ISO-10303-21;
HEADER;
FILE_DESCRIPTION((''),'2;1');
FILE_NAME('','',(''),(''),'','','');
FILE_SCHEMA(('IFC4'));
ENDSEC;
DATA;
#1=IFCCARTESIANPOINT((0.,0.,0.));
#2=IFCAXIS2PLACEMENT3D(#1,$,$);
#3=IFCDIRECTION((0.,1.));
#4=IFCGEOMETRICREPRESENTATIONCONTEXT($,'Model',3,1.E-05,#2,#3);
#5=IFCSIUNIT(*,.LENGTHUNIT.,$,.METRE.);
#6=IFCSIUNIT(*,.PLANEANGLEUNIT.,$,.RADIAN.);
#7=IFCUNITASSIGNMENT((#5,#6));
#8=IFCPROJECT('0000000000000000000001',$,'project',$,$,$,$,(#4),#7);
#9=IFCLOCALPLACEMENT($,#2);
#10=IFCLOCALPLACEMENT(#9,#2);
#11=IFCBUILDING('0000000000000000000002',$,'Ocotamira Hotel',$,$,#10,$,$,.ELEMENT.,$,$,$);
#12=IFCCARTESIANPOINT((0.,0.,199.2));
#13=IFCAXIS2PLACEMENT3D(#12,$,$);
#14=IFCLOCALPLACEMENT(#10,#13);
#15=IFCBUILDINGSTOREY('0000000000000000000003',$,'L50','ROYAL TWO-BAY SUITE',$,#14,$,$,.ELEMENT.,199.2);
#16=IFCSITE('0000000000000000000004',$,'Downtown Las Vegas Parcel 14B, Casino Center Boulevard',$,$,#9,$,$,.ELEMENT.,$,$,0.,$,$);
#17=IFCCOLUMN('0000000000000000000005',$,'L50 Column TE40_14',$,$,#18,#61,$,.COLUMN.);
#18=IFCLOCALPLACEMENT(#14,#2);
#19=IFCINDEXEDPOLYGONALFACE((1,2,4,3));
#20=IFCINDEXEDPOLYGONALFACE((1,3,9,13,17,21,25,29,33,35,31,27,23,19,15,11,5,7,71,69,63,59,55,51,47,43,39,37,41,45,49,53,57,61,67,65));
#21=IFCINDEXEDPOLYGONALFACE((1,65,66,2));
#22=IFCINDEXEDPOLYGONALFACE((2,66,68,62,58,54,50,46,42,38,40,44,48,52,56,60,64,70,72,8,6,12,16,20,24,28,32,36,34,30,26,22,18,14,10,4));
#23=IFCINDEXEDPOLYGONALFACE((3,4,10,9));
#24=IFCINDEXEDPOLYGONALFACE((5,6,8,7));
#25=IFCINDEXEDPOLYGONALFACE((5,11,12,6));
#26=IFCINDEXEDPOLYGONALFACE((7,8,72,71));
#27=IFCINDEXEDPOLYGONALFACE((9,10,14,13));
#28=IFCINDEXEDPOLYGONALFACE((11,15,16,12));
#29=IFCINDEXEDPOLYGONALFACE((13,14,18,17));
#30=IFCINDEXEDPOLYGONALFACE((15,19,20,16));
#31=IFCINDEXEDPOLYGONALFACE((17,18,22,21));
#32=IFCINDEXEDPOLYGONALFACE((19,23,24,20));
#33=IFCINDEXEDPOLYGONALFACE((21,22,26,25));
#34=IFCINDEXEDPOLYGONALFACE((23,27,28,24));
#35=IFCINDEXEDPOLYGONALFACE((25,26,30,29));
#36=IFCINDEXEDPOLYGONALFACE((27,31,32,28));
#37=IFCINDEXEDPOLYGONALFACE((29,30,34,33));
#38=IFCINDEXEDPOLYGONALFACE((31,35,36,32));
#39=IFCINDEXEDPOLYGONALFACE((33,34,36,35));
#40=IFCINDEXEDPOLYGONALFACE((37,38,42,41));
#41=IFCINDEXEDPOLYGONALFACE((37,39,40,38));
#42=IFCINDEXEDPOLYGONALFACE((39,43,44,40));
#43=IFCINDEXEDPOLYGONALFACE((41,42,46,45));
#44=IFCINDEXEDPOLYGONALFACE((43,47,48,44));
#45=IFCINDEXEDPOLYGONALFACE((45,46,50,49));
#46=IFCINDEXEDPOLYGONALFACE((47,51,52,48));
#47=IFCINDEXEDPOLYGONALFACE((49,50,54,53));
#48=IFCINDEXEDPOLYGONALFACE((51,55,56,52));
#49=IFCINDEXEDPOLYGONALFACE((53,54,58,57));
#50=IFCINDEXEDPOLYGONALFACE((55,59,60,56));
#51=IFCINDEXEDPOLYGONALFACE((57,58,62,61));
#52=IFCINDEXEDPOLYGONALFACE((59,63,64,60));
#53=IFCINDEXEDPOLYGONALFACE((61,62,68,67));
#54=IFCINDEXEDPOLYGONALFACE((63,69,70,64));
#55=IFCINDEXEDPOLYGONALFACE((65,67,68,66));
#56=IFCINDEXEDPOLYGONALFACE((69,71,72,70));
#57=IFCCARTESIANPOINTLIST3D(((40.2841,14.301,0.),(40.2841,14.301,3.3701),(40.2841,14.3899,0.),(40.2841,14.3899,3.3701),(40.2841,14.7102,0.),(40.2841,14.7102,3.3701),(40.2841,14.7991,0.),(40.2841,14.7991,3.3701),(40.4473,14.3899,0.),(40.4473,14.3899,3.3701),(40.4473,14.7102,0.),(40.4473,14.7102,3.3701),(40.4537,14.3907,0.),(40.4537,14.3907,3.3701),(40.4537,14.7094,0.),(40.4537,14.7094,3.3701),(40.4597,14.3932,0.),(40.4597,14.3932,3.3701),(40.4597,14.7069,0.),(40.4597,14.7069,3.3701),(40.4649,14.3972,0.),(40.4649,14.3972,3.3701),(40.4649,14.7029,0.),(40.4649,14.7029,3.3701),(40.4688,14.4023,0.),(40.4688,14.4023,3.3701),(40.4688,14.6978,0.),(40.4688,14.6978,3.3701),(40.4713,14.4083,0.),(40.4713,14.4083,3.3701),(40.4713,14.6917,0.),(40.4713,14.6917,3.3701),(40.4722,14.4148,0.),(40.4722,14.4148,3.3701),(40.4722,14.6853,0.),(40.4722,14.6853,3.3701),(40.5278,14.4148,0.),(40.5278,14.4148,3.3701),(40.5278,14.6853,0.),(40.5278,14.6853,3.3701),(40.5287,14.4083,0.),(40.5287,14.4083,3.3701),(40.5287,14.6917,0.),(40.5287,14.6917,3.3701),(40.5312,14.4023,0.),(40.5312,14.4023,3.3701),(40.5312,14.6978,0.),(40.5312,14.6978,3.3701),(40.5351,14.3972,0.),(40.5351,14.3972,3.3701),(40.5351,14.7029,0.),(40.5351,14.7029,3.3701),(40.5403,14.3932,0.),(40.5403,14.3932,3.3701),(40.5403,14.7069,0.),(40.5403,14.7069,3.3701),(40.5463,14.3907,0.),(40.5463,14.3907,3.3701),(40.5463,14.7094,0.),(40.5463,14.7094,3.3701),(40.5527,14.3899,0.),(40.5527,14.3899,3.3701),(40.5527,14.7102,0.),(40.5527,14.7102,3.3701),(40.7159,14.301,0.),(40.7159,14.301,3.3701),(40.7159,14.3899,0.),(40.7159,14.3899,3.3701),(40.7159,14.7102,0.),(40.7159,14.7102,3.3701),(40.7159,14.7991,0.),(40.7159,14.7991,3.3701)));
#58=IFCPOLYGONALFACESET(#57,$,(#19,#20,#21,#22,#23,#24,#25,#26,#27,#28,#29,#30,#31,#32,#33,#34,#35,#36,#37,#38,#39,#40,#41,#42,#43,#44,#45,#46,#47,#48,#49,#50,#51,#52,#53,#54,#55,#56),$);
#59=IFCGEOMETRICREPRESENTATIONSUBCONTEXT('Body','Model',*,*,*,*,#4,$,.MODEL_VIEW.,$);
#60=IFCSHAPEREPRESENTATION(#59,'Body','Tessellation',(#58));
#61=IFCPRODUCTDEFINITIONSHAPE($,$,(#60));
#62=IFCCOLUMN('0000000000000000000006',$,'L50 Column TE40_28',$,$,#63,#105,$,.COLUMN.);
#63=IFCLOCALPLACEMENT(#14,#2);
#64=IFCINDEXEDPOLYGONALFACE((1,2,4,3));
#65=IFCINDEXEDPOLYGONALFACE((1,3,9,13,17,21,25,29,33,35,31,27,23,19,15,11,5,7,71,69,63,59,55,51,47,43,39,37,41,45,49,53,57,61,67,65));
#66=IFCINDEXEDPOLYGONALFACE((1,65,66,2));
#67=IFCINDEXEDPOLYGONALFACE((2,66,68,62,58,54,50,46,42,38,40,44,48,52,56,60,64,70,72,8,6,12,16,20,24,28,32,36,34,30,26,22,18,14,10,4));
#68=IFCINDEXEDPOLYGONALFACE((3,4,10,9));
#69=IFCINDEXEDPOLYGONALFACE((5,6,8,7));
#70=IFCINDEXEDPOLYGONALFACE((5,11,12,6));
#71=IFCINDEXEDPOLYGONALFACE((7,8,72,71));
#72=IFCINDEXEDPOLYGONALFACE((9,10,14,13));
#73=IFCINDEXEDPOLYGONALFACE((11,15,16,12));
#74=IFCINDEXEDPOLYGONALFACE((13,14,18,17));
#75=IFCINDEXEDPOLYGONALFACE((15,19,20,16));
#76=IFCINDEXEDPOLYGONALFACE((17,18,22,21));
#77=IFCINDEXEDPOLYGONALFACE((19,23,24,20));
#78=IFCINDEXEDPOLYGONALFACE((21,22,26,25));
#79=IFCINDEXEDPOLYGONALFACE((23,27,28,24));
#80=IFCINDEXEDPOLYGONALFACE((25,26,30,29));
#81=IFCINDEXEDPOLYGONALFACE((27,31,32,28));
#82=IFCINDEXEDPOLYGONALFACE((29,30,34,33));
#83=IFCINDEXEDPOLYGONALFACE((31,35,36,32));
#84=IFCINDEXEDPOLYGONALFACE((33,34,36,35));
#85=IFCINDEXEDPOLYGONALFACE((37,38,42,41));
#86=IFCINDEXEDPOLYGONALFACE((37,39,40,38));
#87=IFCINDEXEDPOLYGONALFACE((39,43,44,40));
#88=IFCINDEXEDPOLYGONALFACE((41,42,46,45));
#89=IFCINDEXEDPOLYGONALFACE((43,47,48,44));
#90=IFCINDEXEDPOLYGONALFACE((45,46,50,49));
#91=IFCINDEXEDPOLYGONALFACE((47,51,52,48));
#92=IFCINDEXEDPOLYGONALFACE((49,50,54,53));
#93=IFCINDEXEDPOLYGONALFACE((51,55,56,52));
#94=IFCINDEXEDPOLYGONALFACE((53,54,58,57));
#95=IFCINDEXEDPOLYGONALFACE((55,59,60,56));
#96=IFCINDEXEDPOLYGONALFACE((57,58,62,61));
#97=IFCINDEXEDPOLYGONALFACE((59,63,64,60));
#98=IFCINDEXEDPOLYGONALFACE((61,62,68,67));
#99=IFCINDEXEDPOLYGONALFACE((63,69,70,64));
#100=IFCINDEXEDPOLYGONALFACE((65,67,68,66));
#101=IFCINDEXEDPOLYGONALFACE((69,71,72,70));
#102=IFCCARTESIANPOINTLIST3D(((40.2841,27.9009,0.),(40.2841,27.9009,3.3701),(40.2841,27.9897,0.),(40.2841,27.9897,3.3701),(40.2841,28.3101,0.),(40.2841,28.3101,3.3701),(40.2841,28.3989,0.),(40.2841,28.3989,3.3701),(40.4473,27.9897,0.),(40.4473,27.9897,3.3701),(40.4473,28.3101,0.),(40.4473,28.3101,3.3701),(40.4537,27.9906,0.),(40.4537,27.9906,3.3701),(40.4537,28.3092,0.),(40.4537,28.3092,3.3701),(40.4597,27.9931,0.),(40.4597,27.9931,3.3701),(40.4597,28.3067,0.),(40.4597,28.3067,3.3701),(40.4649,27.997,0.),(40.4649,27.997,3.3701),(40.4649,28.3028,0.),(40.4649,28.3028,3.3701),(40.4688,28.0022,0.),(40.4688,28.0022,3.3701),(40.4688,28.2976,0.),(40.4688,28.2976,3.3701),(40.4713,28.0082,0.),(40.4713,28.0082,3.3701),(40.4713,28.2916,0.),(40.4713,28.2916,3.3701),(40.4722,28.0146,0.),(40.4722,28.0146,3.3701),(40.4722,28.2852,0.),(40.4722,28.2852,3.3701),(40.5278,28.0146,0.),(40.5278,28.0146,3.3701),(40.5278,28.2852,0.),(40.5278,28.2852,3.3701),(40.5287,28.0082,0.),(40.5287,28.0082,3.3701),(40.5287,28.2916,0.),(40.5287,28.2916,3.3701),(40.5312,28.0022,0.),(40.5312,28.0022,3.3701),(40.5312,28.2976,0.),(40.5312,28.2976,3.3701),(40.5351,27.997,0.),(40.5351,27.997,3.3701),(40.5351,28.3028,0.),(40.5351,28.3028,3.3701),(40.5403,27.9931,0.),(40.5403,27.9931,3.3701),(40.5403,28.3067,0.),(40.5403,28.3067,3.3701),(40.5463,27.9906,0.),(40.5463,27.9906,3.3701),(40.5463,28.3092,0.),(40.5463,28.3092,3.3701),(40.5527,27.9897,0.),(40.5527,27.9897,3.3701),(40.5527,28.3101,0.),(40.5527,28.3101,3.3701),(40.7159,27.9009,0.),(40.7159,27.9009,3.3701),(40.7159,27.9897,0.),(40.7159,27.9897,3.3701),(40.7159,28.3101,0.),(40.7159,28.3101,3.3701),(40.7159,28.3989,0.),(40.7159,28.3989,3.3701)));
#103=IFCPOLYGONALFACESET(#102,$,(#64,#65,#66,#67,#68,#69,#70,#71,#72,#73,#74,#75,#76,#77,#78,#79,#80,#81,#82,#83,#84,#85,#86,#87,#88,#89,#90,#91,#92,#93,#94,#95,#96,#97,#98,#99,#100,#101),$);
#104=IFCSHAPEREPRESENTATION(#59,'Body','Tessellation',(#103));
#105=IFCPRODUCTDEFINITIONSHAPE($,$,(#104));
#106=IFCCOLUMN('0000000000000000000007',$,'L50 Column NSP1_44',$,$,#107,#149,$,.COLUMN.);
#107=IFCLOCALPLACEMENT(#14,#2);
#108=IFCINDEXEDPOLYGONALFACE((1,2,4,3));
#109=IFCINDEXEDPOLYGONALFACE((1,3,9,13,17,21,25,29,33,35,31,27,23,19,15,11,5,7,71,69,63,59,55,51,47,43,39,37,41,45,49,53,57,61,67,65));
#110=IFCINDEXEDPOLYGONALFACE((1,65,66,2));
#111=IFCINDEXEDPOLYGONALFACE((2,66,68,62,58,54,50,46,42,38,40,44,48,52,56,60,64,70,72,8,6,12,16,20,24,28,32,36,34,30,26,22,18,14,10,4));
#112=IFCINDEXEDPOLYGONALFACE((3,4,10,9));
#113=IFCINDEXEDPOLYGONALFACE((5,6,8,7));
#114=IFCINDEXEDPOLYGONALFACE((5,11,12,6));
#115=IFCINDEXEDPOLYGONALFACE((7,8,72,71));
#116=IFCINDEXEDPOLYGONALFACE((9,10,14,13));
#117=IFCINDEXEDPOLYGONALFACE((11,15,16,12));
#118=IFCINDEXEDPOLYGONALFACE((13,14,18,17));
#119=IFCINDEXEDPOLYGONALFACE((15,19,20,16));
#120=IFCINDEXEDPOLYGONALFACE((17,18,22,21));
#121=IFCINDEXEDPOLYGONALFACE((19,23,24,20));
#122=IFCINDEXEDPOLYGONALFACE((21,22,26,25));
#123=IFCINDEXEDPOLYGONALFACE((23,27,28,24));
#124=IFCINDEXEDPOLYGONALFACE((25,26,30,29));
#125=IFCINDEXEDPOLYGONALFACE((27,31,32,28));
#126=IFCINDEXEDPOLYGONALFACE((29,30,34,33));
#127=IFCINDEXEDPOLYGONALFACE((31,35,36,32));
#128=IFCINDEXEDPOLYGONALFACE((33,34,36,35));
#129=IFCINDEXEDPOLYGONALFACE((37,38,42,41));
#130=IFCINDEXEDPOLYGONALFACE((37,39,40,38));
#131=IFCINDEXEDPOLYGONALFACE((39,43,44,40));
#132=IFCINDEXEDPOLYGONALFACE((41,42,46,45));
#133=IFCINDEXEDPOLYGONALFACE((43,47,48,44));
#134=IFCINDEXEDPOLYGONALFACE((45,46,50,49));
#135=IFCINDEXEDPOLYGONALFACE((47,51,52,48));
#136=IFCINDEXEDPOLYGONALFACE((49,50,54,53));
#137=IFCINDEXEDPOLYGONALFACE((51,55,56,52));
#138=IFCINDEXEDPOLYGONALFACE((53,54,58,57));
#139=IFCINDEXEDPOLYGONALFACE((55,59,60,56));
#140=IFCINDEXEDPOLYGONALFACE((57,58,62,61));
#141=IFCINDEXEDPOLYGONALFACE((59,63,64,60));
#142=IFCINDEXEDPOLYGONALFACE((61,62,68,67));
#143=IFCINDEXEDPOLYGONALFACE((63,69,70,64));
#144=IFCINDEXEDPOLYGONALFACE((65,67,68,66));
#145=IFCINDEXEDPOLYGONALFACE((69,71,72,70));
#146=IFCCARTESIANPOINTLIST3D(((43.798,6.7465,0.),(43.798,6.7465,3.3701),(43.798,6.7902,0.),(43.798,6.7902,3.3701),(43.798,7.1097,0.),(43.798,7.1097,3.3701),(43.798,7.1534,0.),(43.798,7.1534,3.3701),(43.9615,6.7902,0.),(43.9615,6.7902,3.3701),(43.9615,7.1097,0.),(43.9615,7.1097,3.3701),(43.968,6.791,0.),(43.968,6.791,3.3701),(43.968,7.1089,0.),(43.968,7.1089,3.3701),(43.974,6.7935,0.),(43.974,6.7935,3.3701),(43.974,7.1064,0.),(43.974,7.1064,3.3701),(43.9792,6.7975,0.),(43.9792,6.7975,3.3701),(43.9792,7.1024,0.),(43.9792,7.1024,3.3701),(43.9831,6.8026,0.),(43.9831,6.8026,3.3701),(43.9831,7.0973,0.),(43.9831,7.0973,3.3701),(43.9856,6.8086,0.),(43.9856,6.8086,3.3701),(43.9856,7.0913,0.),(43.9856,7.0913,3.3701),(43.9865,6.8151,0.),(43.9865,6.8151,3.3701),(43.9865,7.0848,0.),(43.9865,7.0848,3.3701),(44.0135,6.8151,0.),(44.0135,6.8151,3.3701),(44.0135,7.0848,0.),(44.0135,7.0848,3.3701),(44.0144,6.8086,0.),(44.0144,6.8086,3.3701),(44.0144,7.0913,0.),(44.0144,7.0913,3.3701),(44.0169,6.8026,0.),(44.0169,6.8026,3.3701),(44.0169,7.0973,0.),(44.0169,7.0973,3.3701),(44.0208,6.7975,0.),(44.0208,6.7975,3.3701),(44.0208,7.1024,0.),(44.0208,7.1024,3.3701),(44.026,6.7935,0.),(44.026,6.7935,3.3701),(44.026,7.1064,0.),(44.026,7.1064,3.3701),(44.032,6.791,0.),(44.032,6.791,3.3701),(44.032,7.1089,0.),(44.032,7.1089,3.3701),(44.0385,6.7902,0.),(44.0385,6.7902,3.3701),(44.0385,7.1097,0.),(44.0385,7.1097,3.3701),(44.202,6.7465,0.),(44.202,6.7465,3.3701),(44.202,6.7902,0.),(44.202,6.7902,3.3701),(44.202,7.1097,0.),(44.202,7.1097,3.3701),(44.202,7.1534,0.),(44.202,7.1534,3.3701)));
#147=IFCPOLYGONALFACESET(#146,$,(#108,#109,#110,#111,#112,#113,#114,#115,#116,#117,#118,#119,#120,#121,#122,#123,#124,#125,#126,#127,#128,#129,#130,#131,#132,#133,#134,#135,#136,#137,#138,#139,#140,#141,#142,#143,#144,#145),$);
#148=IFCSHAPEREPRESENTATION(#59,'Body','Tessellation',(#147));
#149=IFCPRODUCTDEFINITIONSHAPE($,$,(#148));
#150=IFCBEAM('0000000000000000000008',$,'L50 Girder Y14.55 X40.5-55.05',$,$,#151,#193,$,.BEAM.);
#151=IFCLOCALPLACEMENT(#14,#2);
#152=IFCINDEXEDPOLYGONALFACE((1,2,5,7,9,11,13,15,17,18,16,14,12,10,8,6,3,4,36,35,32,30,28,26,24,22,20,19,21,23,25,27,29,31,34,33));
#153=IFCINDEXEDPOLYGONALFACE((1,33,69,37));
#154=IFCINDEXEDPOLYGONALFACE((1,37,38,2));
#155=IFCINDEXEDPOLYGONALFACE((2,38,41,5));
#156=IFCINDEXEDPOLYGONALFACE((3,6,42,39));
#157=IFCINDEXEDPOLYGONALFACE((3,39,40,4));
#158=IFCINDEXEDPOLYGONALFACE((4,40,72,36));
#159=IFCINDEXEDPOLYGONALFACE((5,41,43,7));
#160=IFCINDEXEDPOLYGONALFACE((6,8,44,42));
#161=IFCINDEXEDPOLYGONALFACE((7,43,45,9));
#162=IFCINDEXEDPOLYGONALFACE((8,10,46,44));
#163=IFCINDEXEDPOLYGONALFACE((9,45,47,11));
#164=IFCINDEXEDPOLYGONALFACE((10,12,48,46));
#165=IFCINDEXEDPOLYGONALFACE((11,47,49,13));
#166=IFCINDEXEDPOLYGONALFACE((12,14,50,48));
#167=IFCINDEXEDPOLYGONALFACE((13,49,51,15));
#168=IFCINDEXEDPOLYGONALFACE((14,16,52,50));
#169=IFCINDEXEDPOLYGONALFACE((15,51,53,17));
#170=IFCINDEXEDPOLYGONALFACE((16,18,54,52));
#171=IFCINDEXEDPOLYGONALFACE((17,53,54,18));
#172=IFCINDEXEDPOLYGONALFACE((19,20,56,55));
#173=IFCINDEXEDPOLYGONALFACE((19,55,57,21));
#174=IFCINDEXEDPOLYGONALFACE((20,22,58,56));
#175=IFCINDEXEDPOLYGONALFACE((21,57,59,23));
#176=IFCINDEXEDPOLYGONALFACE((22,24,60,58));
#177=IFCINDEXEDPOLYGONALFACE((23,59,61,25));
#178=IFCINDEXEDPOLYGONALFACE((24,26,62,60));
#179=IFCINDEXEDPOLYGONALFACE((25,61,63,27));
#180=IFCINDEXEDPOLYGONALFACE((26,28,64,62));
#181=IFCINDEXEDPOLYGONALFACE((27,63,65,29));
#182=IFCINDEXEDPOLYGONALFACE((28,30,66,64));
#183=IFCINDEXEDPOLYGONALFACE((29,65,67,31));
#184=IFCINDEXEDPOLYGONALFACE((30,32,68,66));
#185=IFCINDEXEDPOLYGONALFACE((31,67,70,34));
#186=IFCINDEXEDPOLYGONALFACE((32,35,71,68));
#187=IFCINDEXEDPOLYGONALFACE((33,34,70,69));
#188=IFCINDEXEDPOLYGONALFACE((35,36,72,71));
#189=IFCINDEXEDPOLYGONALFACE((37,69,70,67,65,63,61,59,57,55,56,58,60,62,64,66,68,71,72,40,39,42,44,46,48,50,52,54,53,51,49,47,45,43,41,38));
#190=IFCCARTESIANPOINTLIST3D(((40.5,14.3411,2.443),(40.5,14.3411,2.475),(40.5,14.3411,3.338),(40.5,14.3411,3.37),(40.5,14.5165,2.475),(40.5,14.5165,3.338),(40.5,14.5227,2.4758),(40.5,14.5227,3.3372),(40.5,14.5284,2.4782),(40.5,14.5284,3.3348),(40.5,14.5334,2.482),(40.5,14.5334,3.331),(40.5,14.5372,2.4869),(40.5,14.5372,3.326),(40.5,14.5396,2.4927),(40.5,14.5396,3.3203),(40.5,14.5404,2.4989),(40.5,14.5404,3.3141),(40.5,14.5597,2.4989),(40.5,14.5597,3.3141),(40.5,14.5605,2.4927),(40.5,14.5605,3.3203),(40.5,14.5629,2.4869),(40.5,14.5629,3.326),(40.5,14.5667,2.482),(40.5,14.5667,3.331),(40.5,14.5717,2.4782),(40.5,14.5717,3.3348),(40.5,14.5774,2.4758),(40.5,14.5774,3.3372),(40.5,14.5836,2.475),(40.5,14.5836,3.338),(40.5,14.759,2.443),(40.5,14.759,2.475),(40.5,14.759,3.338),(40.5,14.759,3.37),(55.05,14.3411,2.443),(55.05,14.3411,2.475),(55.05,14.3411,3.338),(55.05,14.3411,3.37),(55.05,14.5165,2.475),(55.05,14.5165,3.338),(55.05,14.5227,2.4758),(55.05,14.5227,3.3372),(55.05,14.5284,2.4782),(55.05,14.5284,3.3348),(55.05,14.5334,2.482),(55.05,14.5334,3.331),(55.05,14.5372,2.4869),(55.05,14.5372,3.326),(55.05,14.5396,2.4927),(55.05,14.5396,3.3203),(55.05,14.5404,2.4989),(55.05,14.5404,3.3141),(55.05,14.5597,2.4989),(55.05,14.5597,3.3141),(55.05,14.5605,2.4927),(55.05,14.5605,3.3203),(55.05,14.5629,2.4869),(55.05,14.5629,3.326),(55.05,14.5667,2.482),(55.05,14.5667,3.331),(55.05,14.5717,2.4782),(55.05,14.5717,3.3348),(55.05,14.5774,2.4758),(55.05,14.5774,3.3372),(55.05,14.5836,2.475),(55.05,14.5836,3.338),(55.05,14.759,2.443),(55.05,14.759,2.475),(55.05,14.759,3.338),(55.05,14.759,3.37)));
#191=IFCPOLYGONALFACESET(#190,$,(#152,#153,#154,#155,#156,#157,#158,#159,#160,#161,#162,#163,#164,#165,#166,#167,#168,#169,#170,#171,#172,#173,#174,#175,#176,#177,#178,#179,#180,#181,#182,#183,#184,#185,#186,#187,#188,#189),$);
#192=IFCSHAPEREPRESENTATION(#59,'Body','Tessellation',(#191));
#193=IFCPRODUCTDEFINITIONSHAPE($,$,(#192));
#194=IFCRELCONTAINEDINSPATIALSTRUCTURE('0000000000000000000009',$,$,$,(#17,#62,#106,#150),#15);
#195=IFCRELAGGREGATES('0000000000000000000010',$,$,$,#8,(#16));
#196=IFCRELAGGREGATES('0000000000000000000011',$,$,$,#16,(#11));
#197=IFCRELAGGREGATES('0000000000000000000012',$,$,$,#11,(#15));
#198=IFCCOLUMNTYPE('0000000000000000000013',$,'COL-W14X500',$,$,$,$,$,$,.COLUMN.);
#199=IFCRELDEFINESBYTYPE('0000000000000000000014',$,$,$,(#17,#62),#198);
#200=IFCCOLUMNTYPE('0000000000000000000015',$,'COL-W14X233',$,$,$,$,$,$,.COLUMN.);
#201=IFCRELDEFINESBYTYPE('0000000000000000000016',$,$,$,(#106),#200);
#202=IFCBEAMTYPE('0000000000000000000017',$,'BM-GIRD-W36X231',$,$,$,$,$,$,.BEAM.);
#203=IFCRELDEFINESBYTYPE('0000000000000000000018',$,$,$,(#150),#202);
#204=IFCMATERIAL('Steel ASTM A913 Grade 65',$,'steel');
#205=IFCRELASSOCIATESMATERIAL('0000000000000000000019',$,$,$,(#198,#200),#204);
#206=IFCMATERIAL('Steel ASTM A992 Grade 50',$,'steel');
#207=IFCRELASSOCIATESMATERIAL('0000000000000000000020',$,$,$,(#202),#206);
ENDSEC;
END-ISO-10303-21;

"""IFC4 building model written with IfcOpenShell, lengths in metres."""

from ifc_helpers import new_model, si_unit, direction, frame, origin, origin_2d, place, context, subcontext, project, spatial, i_section, extrude, source, transform, mapped, material, material_profile, profile_set, type_object, element, save


model = new_model("IFC4")

# Units and contexts
model_context = context("Model", 3, precision=1e-05, world=origin(), true_north=direction((0.0, 1.0)))
body_context = subcontext(model_context, "Body", "Model", "MODEL_VIEW")
ifc_project = project(units=[si_unit("LENGTHUNIT", "METRE"), si_unit("PLANEANGLEUNIT", "RADIAN")], contexts=[model_context])

# Site, building, storey
site_placement = place(None, origin())
site = spatial("IfcSite", under=ifc_project, at=site_placement, Name="Downtown Las Vegas Parcel 14B, Casino Center Boulevard", CompositionType="ELEMENT", RefElevation=0.0)
building_placement = place(site_placement, origin())
building = spatial("IfcBuilding", under=site, at=building_placement, Name="Ocotamira Hotel", CompositionType="ELEMENT")
storey_placement = place(building_placement, frame((0.0, 0.0, 199.2)))
storey = spatial("IfcBuildingStorey", under=building, at=storey_placement, Name="L50", Description="ROYAL TWO-BAY SUITE", CompositionType="ELEMENT", Elevation=199.2)

# Columns
ifc_material_1 = material(Name="Steel ASTM A913 Grade 65", Category="steel")
ifc_material_profile_1 = material_profile(ifc_material_1, i_section(OverallWidth=0.4319, OverallDepth=0.498, WebThickness=0.0557, FlangeThickness=0.0889, FilletRadius=0.0249, at=origin_2d()), Name="W14X500")
ifc_profile_set_1 = profile_set([ifc_material_profile_1], Name="Steel ASTM A913 Grade 65")
column_type_1 = type_object("IfcColumnType", Name="COL-W14X500", PredefinedType="COLUMN", material=ifc_profile_set_1)
shared_shape_1 = source(origin(), body_context, "Body", "SweptSolid", [
    extrude(i_section(OverallWidth=0.4319, OverallDepth=0.498, WebThickness=0.0557, FlangeThickness=0.0889, FilletRadius=0.0249, at=origin_2d()), origin(), (0.0, 0.0, 1.0), 3.3701),
])
for number, where, z_axis, x_axis, name in (
    (1, (40.5, 14.55, 0.0), (0.0, 0.0, 1.0), (1.0, 0.0, 0.0), "L50 Column TE40_14"),
    (2, (40.5, 28.1499, 0.0), (0.0, 0.0, 1.0), (1.0, 0.0, 0.0), "L50 Column TE40_28"),
):
    element("IfcColumn", number, at=place(storey_placement, frame(where, z_axis=z_axis, x_axis=x_axis)), inside=storey, type_object=column_type_1, Name=name, PredefinedType="COLUMN", context=body_context, shape_type="MappedRepresentation", body=[
        mapped(shared_shape_1, transform((0.0, 0.0, 0.0), scale=1.0)),
    ])
ifc_material_profile_2 = material_profile(ifc_material_1, i_section(OverallWidth=0.4041, OverallDepth=0.407, WebThickness=0.0271, FlangeThickness=0.0437, FilletRadius=0.0249, at=origin_2d()), Name="W14X233")
ifc_profile_set_2 = profile_set([ifc_material_profile_2], Name="Steel ASTM A913 Grade 65")
column_type_2 = type_object("IfcColumnType", Name="COL-W14X233", PredefinedType="COLUMN", material=ifc_profile_set_2)
shared_shape_2 = source(origin(), body_context, "Body", "SweptSolid", [
    extrude(i_section(OverallWidth=0.4041, OverallDepth=0.407, WebThickness=0.0271, FlangeThickness=0.0437, FilletRadius=0.0249, at=origin_2d()), origin(), (0.0, 0.0, 1.0), 3.3701),
])
column_placement = place(storey_placement, frame((44.0, 6.95, 0.0), z_axis=(0.0, 0.0, 1.0), x_axis=(1.0, 0.0, 0.0)))
element("IfcColumn", 3, at=column_placement, inside=storey, type_object=column_type_2, Name="L50 Column NSP1_44", PredefinedType="COLUMN", context=body_context, shape_type="MappedRepresentation", body=[
    mapped(shared_shape_2, transform((0.0, 0.0, 0.0), scale=1.0)),
])

# Beam
ifc_material_2 = material(Name="Steel ASTM A992 Grade 50", Category="steel")
ifc_material_profile_3 = material_profile(ifc_material_2, i_section(OverallWidth=0.418, OverallDepth=0.927, WebThickness=0.0193, FlangeThickness=0.032, FilletRadius=0.0239, at=origin_2d()), Name="W36X231")
ifc_profile_set_3 = profile_set([ifc_material_profile_3], Name="Steel ASTM A992 Grade 50")
beam_type_1 = type_object("IfcBeamType", Name="BM-GIRD-W36X231", PredefinedType="BEAM", material=ifc_profile_set_3)
shared_shape_3 = source(origin(), body_context, "Body", "SweptSolid", [
    extrude(i_section(OverallWidth=0.418, OverallDepth=0.927, WebThickness=0.0193, FlangeThickness=0.032, FilletRadius=0.0239, at=origin_2d()), origin(), (0.0, 0.0, 1.0), 14.55),
])
for number, where, z_axis, x_axis, name in (
    (4, (40.5, 14.55, 2.9065), (1.0, 0.0, 0.0), (0.0, 1.0, 0.0), "L50 Girder Y14.55 X40.5-55.05"),
):
    element("IfcBeam", number, at=place(storey_placement, frame(where, z_axis=z_axis, x_axis=x_axis)), inside=storey, type_object=beam_type_1, Name=name, PredefinedType="BEAM", context=body_context, shape_type="MappedRepresentation", body=[
        mapped(shared_shape_3, transform((0.0, 0.0, 0.0), scale=1.0)),
    ])

save(model, "model.ifc")
